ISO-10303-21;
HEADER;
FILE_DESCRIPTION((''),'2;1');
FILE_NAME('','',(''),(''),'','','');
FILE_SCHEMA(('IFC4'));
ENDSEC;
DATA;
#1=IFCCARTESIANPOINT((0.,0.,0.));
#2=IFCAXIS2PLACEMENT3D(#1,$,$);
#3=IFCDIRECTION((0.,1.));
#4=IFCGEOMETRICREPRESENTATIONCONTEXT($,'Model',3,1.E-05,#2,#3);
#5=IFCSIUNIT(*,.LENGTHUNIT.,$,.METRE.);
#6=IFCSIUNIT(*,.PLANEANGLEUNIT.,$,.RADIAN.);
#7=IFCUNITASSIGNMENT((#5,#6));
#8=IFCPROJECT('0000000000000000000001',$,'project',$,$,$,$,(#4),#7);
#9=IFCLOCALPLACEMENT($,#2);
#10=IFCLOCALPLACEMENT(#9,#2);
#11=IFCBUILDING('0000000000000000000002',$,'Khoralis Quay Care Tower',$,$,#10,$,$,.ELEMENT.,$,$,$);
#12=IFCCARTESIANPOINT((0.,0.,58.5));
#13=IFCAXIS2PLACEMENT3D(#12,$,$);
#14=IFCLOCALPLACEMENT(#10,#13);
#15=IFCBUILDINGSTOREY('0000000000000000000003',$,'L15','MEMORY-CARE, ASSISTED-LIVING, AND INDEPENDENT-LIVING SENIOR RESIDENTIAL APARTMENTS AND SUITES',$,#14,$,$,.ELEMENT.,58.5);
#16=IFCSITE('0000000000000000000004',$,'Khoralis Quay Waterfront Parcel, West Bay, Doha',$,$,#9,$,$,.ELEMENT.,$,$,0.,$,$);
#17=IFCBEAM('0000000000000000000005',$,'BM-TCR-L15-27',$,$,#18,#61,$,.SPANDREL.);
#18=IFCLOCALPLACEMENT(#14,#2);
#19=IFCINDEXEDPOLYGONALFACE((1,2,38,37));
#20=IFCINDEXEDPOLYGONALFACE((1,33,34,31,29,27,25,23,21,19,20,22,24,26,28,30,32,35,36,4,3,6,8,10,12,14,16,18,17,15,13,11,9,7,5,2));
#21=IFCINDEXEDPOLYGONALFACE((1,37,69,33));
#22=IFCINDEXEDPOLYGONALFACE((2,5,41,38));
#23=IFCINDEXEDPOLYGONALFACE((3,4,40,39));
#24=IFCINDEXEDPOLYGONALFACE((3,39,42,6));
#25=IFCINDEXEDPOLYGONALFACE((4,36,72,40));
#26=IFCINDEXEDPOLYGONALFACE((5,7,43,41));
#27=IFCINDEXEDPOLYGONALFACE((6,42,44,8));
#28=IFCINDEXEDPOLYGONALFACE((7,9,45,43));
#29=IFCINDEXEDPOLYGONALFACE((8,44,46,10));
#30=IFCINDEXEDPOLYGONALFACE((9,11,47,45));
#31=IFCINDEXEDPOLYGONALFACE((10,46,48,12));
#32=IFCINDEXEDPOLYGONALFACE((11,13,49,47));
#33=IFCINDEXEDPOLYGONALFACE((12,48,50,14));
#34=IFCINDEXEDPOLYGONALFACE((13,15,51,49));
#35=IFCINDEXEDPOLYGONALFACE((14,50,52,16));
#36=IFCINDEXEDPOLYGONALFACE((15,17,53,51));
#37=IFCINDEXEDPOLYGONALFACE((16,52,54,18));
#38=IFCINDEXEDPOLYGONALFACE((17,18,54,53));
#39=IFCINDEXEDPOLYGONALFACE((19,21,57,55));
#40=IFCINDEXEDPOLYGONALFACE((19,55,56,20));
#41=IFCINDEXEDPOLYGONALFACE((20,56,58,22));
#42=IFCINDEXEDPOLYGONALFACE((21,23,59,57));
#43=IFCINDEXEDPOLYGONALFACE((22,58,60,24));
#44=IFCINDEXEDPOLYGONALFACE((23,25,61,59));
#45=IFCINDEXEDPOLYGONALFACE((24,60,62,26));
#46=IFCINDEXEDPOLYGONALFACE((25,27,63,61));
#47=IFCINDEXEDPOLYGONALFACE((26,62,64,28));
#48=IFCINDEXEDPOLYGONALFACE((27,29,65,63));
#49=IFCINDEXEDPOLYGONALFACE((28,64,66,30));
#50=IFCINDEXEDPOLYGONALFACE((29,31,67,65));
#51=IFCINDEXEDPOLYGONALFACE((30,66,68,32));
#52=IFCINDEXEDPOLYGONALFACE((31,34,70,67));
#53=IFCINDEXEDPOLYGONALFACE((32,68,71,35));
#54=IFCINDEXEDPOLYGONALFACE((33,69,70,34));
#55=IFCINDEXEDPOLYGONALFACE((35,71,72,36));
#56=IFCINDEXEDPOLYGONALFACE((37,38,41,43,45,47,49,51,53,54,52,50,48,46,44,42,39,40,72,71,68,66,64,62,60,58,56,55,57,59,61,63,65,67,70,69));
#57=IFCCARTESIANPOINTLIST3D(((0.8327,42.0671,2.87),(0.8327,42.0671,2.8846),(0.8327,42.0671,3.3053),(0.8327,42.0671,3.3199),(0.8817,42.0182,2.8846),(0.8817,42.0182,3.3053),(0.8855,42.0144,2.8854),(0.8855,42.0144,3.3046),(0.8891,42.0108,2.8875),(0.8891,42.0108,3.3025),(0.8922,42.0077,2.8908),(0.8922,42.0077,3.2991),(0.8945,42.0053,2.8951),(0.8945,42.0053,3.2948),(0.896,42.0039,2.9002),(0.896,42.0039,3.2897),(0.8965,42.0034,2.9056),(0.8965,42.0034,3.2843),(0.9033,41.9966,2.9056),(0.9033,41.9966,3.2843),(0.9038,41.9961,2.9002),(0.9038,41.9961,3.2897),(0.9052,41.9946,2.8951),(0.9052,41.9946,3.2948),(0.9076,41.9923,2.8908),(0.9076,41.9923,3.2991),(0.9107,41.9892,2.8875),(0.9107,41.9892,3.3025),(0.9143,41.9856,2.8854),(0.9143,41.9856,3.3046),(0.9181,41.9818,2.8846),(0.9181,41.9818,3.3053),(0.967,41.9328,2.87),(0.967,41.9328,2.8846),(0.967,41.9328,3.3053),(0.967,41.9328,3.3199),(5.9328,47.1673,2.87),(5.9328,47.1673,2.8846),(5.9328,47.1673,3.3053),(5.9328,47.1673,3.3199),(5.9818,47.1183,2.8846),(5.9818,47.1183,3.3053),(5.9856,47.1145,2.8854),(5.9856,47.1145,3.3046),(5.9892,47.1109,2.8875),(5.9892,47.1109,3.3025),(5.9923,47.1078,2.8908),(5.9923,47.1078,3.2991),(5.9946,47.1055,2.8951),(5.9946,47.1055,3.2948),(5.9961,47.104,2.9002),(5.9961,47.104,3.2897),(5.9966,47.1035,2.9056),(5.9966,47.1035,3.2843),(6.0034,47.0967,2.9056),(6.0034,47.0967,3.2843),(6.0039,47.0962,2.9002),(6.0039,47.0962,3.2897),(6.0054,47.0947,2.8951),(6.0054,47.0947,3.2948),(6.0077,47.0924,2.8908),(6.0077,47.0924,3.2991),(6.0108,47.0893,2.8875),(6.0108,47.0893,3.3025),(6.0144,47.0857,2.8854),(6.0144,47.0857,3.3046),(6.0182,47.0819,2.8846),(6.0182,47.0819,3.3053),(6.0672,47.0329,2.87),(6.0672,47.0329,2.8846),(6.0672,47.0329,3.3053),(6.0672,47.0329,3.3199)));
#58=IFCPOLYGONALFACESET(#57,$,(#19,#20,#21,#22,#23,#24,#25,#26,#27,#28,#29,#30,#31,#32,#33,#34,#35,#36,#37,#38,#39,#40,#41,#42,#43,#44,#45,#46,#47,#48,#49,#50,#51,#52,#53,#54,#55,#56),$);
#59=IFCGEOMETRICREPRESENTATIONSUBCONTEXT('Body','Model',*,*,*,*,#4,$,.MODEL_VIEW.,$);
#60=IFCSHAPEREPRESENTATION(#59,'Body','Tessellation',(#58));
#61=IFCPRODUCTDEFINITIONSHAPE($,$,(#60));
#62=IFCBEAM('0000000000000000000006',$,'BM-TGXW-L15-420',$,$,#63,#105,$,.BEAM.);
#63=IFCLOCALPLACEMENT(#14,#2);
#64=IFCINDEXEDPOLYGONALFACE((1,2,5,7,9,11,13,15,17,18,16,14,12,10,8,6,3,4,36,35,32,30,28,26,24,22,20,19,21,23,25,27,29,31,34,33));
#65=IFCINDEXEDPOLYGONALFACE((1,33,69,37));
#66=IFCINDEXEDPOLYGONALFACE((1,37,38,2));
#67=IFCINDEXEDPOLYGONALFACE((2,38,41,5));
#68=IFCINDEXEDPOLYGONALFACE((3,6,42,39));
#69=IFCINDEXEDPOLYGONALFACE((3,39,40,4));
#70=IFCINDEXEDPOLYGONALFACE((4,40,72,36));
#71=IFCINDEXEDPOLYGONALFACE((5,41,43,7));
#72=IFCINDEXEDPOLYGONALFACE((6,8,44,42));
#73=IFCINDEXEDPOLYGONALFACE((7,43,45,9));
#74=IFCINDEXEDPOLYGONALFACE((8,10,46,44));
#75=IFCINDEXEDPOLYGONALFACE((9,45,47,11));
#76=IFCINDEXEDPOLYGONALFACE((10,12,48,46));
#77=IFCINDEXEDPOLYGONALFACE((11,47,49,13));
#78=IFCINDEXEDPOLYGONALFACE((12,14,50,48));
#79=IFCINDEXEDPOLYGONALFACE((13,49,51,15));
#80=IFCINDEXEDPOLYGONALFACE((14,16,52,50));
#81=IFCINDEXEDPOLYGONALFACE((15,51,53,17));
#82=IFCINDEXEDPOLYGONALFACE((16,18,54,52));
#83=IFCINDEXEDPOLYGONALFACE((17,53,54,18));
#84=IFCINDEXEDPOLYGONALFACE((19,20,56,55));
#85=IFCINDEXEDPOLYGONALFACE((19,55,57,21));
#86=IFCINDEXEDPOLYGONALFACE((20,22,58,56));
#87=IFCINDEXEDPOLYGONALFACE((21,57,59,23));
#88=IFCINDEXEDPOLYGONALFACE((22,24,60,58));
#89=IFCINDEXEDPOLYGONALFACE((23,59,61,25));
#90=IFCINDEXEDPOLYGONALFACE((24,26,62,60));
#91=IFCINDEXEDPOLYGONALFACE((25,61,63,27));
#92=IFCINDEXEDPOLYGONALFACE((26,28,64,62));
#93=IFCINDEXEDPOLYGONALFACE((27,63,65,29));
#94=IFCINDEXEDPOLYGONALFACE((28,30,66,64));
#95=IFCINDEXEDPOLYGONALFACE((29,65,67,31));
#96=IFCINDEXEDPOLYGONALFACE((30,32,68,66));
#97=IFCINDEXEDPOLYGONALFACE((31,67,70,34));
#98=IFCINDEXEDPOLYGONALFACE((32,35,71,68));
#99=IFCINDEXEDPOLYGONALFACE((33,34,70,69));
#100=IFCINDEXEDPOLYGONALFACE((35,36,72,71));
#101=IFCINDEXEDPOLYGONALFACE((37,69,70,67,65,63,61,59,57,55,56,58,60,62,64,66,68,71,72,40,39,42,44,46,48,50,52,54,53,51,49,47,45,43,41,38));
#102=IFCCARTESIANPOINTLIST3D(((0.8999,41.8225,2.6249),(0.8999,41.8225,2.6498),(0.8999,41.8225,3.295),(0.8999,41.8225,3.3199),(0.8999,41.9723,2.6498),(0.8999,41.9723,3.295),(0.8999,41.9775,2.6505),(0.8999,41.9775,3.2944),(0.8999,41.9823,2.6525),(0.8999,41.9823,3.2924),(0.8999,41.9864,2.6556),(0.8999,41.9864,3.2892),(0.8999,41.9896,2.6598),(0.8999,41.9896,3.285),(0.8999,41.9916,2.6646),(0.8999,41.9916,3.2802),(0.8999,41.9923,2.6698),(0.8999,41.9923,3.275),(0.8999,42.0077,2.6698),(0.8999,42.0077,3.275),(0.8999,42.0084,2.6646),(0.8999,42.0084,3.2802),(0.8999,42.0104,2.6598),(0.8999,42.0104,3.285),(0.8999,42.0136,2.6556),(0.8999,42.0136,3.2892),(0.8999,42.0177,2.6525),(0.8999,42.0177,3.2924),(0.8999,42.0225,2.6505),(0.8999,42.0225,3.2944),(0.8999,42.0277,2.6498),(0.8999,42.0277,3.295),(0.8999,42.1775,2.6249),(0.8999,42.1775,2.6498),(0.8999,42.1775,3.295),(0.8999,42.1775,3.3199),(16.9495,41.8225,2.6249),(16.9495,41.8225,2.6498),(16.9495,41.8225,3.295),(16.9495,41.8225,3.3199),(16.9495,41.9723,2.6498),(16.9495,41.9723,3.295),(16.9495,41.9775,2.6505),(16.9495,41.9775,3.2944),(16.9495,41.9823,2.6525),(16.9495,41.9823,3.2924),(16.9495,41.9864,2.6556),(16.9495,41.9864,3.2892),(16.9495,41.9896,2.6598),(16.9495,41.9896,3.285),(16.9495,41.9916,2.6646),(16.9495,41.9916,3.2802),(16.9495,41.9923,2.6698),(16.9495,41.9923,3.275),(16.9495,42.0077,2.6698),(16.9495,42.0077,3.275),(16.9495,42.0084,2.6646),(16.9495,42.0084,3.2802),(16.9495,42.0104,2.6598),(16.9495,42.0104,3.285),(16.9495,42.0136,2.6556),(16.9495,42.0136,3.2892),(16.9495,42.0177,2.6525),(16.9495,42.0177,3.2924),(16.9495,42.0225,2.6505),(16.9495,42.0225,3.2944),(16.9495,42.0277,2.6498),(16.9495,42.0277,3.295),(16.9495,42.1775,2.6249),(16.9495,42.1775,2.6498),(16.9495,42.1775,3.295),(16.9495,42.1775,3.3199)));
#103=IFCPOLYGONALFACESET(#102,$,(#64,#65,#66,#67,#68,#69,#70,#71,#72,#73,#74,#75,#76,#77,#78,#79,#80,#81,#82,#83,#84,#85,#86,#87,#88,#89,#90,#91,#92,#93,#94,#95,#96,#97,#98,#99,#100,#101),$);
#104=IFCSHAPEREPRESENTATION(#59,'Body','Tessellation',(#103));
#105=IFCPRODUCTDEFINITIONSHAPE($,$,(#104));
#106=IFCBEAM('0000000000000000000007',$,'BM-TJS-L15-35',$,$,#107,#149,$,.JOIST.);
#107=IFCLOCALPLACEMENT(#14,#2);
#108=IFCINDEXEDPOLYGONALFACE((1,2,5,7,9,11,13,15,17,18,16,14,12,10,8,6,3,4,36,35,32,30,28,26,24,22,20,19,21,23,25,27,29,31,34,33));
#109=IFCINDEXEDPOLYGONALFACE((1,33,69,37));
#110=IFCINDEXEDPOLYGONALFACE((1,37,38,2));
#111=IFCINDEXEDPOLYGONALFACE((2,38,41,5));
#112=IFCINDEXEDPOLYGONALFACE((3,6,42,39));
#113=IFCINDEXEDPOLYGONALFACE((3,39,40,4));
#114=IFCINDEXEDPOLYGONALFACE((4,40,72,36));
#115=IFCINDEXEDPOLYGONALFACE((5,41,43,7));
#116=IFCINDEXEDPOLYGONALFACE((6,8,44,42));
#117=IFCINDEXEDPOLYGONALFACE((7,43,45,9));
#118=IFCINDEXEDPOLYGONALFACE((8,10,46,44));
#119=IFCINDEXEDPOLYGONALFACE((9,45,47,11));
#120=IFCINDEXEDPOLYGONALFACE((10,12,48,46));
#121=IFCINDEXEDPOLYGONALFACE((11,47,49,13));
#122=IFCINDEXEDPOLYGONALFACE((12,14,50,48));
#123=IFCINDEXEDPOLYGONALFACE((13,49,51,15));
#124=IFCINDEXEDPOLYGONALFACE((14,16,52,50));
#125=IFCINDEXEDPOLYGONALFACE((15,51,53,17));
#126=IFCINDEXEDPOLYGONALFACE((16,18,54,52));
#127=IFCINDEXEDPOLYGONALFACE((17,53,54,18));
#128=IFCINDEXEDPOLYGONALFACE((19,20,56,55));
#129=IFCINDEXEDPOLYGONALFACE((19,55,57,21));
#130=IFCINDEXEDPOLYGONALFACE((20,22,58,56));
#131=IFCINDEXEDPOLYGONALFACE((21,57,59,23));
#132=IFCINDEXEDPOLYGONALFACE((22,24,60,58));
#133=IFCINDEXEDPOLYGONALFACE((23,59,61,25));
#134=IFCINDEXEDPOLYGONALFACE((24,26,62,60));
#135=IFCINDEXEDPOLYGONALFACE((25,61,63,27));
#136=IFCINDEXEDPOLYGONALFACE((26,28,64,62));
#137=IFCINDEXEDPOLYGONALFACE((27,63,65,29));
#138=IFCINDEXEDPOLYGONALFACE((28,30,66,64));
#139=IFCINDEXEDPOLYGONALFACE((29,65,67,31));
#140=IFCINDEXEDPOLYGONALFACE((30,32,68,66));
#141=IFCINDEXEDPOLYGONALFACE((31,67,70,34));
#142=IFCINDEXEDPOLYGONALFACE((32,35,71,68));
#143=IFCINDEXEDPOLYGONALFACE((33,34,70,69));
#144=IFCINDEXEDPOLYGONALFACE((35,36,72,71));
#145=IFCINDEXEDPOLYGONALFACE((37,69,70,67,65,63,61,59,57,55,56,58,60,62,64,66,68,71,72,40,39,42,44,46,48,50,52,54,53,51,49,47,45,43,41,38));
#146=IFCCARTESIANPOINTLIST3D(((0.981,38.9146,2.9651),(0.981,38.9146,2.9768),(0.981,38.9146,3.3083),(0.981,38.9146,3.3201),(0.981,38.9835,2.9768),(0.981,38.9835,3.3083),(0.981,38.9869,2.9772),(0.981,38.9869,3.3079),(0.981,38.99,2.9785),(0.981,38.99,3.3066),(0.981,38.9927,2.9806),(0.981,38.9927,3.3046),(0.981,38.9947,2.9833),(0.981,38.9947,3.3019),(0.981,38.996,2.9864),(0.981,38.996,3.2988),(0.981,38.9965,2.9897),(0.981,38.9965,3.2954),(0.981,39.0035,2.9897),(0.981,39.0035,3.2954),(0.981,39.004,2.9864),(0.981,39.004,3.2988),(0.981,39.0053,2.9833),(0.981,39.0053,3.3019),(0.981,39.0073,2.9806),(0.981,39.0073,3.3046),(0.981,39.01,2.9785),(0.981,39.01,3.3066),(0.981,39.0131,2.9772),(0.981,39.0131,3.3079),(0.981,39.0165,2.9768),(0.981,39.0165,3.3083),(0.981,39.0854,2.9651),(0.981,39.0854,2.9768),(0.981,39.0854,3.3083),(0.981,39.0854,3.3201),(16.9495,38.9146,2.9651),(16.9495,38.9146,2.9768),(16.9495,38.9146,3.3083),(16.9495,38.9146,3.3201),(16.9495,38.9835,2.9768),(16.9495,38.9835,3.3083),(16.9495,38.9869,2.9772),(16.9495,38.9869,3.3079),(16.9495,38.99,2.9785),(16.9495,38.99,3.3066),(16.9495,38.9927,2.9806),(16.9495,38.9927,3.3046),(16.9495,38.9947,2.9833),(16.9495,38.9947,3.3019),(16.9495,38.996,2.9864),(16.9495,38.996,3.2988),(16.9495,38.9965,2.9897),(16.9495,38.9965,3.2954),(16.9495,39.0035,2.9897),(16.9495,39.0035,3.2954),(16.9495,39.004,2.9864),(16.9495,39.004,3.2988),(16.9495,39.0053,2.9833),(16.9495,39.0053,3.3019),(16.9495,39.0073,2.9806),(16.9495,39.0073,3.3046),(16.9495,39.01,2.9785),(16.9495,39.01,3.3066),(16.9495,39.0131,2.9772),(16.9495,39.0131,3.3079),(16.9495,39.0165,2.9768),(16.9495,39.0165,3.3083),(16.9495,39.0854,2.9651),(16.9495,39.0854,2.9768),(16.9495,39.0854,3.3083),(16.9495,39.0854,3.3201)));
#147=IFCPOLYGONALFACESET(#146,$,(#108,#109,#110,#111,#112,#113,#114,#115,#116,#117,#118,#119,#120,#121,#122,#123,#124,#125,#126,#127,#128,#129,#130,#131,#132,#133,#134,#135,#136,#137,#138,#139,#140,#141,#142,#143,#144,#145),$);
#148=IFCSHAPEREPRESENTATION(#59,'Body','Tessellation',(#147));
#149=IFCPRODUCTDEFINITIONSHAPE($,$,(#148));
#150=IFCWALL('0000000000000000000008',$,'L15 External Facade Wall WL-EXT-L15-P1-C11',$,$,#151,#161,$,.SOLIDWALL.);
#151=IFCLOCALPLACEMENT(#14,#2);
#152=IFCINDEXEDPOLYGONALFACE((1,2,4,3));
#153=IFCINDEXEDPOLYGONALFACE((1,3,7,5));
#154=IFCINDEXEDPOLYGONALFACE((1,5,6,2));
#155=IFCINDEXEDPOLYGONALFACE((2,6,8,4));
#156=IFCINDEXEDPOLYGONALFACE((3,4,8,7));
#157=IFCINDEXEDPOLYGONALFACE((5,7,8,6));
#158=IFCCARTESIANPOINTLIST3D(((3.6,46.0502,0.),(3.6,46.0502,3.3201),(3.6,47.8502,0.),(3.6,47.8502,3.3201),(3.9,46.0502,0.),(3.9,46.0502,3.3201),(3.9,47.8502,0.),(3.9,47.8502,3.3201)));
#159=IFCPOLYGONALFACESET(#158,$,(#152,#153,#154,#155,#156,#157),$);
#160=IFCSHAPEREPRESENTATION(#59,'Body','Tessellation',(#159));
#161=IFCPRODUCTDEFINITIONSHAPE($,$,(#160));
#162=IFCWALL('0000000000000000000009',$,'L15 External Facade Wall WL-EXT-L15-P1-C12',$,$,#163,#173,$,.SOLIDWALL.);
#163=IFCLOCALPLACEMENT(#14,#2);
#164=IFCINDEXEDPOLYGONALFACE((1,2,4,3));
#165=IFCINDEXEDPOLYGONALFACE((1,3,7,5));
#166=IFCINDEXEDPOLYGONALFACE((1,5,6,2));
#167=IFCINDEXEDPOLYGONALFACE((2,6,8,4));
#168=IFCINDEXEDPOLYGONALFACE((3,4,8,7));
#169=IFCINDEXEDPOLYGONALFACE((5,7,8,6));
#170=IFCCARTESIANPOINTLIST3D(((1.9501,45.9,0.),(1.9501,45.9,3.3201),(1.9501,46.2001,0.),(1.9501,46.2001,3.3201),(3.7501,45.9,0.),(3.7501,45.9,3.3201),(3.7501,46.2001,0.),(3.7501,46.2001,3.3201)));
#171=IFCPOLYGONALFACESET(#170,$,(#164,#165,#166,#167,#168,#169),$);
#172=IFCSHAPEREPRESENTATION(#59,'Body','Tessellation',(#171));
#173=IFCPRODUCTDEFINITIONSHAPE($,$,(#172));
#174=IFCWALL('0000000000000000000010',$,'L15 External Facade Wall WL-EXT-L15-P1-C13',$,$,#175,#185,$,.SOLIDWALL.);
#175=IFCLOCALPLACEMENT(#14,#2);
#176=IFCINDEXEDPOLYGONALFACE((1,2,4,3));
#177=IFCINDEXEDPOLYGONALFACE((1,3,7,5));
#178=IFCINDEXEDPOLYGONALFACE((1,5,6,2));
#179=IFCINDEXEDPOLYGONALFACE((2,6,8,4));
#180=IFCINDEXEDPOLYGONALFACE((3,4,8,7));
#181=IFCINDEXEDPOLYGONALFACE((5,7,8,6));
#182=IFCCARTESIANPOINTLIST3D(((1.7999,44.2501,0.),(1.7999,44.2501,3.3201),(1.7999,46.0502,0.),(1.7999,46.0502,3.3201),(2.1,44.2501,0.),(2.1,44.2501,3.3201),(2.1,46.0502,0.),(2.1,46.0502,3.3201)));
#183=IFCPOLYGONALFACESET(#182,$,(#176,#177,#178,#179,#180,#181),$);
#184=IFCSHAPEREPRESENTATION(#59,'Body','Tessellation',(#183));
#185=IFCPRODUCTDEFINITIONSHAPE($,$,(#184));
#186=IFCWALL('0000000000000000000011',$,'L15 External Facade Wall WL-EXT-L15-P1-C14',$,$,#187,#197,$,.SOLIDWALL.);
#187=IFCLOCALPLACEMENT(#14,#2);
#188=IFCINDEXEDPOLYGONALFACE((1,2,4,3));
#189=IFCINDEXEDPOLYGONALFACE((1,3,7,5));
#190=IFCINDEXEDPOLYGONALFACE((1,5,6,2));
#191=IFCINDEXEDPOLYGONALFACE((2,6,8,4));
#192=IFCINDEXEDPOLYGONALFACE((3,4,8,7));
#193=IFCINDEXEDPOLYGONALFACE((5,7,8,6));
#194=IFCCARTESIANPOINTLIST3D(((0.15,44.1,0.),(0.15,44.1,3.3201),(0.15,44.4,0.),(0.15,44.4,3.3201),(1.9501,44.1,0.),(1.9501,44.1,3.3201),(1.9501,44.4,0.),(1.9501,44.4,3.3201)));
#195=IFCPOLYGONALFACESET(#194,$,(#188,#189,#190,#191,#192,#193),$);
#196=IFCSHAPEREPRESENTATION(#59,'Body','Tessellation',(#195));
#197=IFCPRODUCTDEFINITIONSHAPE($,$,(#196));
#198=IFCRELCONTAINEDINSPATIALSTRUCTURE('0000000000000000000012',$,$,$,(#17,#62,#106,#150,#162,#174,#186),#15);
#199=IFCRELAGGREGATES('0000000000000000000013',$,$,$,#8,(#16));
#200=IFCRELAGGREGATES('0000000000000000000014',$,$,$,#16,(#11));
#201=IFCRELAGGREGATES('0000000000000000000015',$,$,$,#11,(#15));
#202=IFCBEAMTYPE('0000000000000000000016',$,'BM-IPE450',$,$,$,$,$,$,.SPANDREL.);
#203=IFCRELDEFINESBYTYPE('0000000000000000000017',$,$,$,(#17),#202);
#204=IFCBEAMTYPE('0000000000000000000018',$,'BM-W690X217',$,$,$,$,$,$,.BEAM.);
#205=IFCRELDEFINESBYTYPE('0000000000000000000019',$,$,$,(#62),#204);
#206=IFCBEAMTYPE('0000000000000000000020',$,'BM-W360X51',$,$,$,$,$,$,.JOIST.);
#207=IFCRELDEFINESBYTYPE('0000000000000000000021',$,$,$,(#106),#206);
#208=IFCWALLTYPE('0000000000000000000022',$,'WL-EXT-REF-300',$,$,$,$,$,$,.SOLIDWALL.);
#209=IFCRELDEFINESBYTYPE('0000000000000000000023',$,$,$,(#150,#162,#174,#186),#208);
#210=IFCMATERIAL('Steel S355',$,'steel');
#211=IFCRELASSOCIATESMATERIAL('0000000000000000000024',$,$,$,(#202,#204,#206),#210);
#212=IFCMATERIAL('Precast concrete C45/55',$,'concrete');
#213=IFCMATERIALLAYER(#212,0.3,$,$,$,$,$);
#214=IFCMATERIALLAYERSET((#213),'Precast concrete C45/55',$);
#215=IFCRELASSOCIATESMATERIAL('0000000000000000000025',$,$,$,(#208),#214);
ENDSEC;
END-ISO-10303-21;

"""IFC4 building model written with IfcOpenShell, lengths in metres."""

from ifc_helpers import new_model, si_unit, direction, frame, frame_2d, origin, origin_2d, place, context, subcontext, project, spatial, rectangle, i_section, extrude, source, transform, mapped, material, layer, layer_set, material_profile, profile_set, type_object, element, save


model = new_model("IFC4")

# Units and contexts
model_context = context("Model", 3, precision=1e-05, world=origin(), true_north=direction((0.0, 1.0)))
body_context = subcontext(model_context, "Body", "Model", "MODEL_VIEW")
ifc_project = project(units=[si_unit("LENGTHUNIT", "METRE"), si_unit("PLANEANGLEUNIT", "RADIAN")], contexts=[model_context])

# Site, building, storey
site_placement = place(None, origin())
site = spatial("IfcSite", under=ifc_project, at=site_placement, Name="Khoralis Quay Waterfront Parcel, West Bay, Doha", CompositionType="ELEMENT", RefElevation=0.0)
building_placement = place(site_placement, origin())
building = spatial("IfcBuilding", under=site, at=building_placement, Name="Khoralis Quay Care Tower", CompositionType="ELEMENT")
storey_placement = place(building_placement, frame((0.0, 0.0, 58.5)))
storey = spatial("IfcBuildingStorey", under=building, at=storey_placement, Name="L15", Description="MEMORY-CARE, ASSISTED-LIVING, AND INDEPENDENT-LIVING SENIOR RESIDENTIAL APARTMENTS AND SUITES", CompositionType="ELEMENT", Elevation=58.5)

# Beams
ifc_material_1 = material(Name="Steel S355", Category="steel")
ifc_material_profile_1 = material_profile(ifc_material_1, i_section(OverallWidth=0.1899, OverallDepth=0.45, WebThickness=0.0095, FlangeThickness=0.0146, FilletRadius=0.021, at=origin_2d()), Name="Steel S355")
ifc_profile_set_1 = profile_set([ifc_material_profile_1], Name="Steel S355")
beam_type_1 = type_object("IfcBeamType", Name="BM-IPE450", PredefinedType="SPANDREL", material=ifc_profile_set_1)
shared_shape_1 = source(origin(), body_context, "Body", "SweptSolid", [
    extrude(i_section(OverallWidth=0.1899, OverallDepth=0.45, WebThickness=0.0095, FlangeThickness=0.0146, FilletRadius=0.021, at=origin_2d()), origin(), (0.0, 0.0, 1.0), 7.2126),
])
beam_1_placement = place(storey_placement, frame((6.0, 47.1001, 3.095), z_axis=(-0.707107, -0.707107, 0.0), x_axis=(0.707107, -0.707107, 0.0)))
element("IfcBeam", 1, at=beam_1_placement, inside=storey, type_object=beam_type_1, Name="BM-TCR-L15-27", PredefinedType="SPANDREL", context=body_context, shape_type="MappedRepresentation", body=[
    mapped(shared_shape_1, transform((0.0, 0.0, 0.0), scale=1.0)),
])
ifc_material_profile_2 = material_profile(ifc_material_1, i_section(OverallWidth=0.355, OverallDepth=0.6951, WebThickness=0.0154, FlangeThickness=0.0249, FilletRadius=0.02, at=origin_2d()), Name="Steel S355")
ifc_profile_set_2 = profile_set([ifc_material_profile_2], Name="Steel S355")
beam_type_2 = type_object("IfcBeamType", Name="BM-W690X217", PredefinedType="BEAM", material=ifc_profile_set_2)
shared_shape_2 = source(origin(), body_context, "Body", "SweptSolid", [
    extrude(i_section(OverallWidth=0.355, OverallDepth=0.6951, WebThickness=0.0154, FlangeThickness=0.0249, FilletRadius=0.02, at=origin_2d()), origin(), (0.0, 0.0, 1.0), 16.0496),
])
beam_2_placement = place(storey_placement, frame((0.8999, 42.0, 2.9724), z_axis=(1.0, 0.0, 0.0), x_axis=(0.0, 1.0, 0.0)))
element("IfcBeam", 2, at=beam_2_placement, inside=storey, type_object=beam_type_2, Name="BM-TGXW-L15-420", PredefinedType="BEAM", context=body_context, shape_type="MappedRepresentation", body=[
    mapped(shared_shape_2, transform((0.0, 0.0, 0.0), scale=1.0)),
])
ifc_material_profile_3 = material_profile(ifc_material_1, i_section(OverallWidth=0.1709, OverallDepth=0.355, WebThickness=0.0071, FlangeThickness=0.0117, FilletRadius=0.0129, at=origin_2d()), Name="Steel S355")
ifc_profile_set_3 = profile_set([ifc_material_profile_3], Name="Steel S355")
beam_type_3 = type_object("IfcBeamType", Name="BM-W360X51", PredefinedType="JOIST", material=ifc_profile_set_3)
shared_shape_3 = source(origin(), body_context, "Body", "SweptSolid", [
    extrude(i_section(OverallWidth=0.1709, OverallDepth=0.355, WebThickness=0.0071, FlangeThickness=0.0117, FilletRadius=0.0129, at=origin_2d()), origin(), (0.0, 0.0, 1.0), 15.9685),
])
beam_3_placement = place(storey_placement, frame((0.981, 39.0, 3.1426), z_axis=(1.0, 0.0, 0.0), x_axis=(0.0, 1.0, 0.0)))
element("IfcBeam", 3, at=beam_3_placement, inside=storey, type_object=beam_type_3, Name="BM-TJS-L15-35", PredefinedType="JOIST", context=body_context, shape_type="MappedRepresentation", body=[
    mapped(shared_shape_3, transform((0.0, 0.0, 0.0), scale=1.0)),
])

# Walls
ifc_material_2 = material(Name="Precast concrete C45/55", Category="concrete")
ifc_layer_1 = layer(ifc_material_2, 0.3)
ifc_layer_set_1 = layer_set([ifc_layer_1], Name="Precast concrete C45/55")
wall_type_1 = type_object("IfcWallType", Name="WL-EXT-REF-300", PredefinedType="SOLIDWALL", material=ifc_layer_set_1)
for number, where, z_axis, x_axis, name in (
    (4, (3.75, 47.8501, 0.0), (0.0, 0.0, 1.0), (0.0, -1.0, 0.0), "L15 External Facade Wall WL-EXT-L15-P1-C11"),
    (5, (3.75, 46.05, 0.0), (0.0, 0.0, 1.0), (-1.0, 0.0, 0.0), "L15 External Facade Wall WL-EXT-L15-P1-C12"),
    (6, (1.95, 46.05, 0.0), (0.0, 0.0, 1.0), (0.0, -1.0, 0.0), "L15 External Facade Wall WL-EXT-L15-P1-C13"),
    (7, (1.95, 44.25, 0.0), (0.0, 0.0, 1.0), (-1.0, 0.0, 0.0), "L15 External Facade Wall WL-EXT-L15-P1-C14"),
):
    element("IfcWall", number, at=place(storey_placement, frame(where, z_axis=z_axis, x_axis=x_axis)), inside=storey, type_object=wall_type_1, Name=name, PredefinedType="SOLIDWALL", context=body_context, shape_type="SweptSolid", body=[
        extrude(rectangle(XDim=1.8, YDim=0.3, at=frame_2d((0.8999, 0.0))), origin(), (0.0, 0.0, 1.0), 3.3201),
    ])

save(model, "model.ifc")
